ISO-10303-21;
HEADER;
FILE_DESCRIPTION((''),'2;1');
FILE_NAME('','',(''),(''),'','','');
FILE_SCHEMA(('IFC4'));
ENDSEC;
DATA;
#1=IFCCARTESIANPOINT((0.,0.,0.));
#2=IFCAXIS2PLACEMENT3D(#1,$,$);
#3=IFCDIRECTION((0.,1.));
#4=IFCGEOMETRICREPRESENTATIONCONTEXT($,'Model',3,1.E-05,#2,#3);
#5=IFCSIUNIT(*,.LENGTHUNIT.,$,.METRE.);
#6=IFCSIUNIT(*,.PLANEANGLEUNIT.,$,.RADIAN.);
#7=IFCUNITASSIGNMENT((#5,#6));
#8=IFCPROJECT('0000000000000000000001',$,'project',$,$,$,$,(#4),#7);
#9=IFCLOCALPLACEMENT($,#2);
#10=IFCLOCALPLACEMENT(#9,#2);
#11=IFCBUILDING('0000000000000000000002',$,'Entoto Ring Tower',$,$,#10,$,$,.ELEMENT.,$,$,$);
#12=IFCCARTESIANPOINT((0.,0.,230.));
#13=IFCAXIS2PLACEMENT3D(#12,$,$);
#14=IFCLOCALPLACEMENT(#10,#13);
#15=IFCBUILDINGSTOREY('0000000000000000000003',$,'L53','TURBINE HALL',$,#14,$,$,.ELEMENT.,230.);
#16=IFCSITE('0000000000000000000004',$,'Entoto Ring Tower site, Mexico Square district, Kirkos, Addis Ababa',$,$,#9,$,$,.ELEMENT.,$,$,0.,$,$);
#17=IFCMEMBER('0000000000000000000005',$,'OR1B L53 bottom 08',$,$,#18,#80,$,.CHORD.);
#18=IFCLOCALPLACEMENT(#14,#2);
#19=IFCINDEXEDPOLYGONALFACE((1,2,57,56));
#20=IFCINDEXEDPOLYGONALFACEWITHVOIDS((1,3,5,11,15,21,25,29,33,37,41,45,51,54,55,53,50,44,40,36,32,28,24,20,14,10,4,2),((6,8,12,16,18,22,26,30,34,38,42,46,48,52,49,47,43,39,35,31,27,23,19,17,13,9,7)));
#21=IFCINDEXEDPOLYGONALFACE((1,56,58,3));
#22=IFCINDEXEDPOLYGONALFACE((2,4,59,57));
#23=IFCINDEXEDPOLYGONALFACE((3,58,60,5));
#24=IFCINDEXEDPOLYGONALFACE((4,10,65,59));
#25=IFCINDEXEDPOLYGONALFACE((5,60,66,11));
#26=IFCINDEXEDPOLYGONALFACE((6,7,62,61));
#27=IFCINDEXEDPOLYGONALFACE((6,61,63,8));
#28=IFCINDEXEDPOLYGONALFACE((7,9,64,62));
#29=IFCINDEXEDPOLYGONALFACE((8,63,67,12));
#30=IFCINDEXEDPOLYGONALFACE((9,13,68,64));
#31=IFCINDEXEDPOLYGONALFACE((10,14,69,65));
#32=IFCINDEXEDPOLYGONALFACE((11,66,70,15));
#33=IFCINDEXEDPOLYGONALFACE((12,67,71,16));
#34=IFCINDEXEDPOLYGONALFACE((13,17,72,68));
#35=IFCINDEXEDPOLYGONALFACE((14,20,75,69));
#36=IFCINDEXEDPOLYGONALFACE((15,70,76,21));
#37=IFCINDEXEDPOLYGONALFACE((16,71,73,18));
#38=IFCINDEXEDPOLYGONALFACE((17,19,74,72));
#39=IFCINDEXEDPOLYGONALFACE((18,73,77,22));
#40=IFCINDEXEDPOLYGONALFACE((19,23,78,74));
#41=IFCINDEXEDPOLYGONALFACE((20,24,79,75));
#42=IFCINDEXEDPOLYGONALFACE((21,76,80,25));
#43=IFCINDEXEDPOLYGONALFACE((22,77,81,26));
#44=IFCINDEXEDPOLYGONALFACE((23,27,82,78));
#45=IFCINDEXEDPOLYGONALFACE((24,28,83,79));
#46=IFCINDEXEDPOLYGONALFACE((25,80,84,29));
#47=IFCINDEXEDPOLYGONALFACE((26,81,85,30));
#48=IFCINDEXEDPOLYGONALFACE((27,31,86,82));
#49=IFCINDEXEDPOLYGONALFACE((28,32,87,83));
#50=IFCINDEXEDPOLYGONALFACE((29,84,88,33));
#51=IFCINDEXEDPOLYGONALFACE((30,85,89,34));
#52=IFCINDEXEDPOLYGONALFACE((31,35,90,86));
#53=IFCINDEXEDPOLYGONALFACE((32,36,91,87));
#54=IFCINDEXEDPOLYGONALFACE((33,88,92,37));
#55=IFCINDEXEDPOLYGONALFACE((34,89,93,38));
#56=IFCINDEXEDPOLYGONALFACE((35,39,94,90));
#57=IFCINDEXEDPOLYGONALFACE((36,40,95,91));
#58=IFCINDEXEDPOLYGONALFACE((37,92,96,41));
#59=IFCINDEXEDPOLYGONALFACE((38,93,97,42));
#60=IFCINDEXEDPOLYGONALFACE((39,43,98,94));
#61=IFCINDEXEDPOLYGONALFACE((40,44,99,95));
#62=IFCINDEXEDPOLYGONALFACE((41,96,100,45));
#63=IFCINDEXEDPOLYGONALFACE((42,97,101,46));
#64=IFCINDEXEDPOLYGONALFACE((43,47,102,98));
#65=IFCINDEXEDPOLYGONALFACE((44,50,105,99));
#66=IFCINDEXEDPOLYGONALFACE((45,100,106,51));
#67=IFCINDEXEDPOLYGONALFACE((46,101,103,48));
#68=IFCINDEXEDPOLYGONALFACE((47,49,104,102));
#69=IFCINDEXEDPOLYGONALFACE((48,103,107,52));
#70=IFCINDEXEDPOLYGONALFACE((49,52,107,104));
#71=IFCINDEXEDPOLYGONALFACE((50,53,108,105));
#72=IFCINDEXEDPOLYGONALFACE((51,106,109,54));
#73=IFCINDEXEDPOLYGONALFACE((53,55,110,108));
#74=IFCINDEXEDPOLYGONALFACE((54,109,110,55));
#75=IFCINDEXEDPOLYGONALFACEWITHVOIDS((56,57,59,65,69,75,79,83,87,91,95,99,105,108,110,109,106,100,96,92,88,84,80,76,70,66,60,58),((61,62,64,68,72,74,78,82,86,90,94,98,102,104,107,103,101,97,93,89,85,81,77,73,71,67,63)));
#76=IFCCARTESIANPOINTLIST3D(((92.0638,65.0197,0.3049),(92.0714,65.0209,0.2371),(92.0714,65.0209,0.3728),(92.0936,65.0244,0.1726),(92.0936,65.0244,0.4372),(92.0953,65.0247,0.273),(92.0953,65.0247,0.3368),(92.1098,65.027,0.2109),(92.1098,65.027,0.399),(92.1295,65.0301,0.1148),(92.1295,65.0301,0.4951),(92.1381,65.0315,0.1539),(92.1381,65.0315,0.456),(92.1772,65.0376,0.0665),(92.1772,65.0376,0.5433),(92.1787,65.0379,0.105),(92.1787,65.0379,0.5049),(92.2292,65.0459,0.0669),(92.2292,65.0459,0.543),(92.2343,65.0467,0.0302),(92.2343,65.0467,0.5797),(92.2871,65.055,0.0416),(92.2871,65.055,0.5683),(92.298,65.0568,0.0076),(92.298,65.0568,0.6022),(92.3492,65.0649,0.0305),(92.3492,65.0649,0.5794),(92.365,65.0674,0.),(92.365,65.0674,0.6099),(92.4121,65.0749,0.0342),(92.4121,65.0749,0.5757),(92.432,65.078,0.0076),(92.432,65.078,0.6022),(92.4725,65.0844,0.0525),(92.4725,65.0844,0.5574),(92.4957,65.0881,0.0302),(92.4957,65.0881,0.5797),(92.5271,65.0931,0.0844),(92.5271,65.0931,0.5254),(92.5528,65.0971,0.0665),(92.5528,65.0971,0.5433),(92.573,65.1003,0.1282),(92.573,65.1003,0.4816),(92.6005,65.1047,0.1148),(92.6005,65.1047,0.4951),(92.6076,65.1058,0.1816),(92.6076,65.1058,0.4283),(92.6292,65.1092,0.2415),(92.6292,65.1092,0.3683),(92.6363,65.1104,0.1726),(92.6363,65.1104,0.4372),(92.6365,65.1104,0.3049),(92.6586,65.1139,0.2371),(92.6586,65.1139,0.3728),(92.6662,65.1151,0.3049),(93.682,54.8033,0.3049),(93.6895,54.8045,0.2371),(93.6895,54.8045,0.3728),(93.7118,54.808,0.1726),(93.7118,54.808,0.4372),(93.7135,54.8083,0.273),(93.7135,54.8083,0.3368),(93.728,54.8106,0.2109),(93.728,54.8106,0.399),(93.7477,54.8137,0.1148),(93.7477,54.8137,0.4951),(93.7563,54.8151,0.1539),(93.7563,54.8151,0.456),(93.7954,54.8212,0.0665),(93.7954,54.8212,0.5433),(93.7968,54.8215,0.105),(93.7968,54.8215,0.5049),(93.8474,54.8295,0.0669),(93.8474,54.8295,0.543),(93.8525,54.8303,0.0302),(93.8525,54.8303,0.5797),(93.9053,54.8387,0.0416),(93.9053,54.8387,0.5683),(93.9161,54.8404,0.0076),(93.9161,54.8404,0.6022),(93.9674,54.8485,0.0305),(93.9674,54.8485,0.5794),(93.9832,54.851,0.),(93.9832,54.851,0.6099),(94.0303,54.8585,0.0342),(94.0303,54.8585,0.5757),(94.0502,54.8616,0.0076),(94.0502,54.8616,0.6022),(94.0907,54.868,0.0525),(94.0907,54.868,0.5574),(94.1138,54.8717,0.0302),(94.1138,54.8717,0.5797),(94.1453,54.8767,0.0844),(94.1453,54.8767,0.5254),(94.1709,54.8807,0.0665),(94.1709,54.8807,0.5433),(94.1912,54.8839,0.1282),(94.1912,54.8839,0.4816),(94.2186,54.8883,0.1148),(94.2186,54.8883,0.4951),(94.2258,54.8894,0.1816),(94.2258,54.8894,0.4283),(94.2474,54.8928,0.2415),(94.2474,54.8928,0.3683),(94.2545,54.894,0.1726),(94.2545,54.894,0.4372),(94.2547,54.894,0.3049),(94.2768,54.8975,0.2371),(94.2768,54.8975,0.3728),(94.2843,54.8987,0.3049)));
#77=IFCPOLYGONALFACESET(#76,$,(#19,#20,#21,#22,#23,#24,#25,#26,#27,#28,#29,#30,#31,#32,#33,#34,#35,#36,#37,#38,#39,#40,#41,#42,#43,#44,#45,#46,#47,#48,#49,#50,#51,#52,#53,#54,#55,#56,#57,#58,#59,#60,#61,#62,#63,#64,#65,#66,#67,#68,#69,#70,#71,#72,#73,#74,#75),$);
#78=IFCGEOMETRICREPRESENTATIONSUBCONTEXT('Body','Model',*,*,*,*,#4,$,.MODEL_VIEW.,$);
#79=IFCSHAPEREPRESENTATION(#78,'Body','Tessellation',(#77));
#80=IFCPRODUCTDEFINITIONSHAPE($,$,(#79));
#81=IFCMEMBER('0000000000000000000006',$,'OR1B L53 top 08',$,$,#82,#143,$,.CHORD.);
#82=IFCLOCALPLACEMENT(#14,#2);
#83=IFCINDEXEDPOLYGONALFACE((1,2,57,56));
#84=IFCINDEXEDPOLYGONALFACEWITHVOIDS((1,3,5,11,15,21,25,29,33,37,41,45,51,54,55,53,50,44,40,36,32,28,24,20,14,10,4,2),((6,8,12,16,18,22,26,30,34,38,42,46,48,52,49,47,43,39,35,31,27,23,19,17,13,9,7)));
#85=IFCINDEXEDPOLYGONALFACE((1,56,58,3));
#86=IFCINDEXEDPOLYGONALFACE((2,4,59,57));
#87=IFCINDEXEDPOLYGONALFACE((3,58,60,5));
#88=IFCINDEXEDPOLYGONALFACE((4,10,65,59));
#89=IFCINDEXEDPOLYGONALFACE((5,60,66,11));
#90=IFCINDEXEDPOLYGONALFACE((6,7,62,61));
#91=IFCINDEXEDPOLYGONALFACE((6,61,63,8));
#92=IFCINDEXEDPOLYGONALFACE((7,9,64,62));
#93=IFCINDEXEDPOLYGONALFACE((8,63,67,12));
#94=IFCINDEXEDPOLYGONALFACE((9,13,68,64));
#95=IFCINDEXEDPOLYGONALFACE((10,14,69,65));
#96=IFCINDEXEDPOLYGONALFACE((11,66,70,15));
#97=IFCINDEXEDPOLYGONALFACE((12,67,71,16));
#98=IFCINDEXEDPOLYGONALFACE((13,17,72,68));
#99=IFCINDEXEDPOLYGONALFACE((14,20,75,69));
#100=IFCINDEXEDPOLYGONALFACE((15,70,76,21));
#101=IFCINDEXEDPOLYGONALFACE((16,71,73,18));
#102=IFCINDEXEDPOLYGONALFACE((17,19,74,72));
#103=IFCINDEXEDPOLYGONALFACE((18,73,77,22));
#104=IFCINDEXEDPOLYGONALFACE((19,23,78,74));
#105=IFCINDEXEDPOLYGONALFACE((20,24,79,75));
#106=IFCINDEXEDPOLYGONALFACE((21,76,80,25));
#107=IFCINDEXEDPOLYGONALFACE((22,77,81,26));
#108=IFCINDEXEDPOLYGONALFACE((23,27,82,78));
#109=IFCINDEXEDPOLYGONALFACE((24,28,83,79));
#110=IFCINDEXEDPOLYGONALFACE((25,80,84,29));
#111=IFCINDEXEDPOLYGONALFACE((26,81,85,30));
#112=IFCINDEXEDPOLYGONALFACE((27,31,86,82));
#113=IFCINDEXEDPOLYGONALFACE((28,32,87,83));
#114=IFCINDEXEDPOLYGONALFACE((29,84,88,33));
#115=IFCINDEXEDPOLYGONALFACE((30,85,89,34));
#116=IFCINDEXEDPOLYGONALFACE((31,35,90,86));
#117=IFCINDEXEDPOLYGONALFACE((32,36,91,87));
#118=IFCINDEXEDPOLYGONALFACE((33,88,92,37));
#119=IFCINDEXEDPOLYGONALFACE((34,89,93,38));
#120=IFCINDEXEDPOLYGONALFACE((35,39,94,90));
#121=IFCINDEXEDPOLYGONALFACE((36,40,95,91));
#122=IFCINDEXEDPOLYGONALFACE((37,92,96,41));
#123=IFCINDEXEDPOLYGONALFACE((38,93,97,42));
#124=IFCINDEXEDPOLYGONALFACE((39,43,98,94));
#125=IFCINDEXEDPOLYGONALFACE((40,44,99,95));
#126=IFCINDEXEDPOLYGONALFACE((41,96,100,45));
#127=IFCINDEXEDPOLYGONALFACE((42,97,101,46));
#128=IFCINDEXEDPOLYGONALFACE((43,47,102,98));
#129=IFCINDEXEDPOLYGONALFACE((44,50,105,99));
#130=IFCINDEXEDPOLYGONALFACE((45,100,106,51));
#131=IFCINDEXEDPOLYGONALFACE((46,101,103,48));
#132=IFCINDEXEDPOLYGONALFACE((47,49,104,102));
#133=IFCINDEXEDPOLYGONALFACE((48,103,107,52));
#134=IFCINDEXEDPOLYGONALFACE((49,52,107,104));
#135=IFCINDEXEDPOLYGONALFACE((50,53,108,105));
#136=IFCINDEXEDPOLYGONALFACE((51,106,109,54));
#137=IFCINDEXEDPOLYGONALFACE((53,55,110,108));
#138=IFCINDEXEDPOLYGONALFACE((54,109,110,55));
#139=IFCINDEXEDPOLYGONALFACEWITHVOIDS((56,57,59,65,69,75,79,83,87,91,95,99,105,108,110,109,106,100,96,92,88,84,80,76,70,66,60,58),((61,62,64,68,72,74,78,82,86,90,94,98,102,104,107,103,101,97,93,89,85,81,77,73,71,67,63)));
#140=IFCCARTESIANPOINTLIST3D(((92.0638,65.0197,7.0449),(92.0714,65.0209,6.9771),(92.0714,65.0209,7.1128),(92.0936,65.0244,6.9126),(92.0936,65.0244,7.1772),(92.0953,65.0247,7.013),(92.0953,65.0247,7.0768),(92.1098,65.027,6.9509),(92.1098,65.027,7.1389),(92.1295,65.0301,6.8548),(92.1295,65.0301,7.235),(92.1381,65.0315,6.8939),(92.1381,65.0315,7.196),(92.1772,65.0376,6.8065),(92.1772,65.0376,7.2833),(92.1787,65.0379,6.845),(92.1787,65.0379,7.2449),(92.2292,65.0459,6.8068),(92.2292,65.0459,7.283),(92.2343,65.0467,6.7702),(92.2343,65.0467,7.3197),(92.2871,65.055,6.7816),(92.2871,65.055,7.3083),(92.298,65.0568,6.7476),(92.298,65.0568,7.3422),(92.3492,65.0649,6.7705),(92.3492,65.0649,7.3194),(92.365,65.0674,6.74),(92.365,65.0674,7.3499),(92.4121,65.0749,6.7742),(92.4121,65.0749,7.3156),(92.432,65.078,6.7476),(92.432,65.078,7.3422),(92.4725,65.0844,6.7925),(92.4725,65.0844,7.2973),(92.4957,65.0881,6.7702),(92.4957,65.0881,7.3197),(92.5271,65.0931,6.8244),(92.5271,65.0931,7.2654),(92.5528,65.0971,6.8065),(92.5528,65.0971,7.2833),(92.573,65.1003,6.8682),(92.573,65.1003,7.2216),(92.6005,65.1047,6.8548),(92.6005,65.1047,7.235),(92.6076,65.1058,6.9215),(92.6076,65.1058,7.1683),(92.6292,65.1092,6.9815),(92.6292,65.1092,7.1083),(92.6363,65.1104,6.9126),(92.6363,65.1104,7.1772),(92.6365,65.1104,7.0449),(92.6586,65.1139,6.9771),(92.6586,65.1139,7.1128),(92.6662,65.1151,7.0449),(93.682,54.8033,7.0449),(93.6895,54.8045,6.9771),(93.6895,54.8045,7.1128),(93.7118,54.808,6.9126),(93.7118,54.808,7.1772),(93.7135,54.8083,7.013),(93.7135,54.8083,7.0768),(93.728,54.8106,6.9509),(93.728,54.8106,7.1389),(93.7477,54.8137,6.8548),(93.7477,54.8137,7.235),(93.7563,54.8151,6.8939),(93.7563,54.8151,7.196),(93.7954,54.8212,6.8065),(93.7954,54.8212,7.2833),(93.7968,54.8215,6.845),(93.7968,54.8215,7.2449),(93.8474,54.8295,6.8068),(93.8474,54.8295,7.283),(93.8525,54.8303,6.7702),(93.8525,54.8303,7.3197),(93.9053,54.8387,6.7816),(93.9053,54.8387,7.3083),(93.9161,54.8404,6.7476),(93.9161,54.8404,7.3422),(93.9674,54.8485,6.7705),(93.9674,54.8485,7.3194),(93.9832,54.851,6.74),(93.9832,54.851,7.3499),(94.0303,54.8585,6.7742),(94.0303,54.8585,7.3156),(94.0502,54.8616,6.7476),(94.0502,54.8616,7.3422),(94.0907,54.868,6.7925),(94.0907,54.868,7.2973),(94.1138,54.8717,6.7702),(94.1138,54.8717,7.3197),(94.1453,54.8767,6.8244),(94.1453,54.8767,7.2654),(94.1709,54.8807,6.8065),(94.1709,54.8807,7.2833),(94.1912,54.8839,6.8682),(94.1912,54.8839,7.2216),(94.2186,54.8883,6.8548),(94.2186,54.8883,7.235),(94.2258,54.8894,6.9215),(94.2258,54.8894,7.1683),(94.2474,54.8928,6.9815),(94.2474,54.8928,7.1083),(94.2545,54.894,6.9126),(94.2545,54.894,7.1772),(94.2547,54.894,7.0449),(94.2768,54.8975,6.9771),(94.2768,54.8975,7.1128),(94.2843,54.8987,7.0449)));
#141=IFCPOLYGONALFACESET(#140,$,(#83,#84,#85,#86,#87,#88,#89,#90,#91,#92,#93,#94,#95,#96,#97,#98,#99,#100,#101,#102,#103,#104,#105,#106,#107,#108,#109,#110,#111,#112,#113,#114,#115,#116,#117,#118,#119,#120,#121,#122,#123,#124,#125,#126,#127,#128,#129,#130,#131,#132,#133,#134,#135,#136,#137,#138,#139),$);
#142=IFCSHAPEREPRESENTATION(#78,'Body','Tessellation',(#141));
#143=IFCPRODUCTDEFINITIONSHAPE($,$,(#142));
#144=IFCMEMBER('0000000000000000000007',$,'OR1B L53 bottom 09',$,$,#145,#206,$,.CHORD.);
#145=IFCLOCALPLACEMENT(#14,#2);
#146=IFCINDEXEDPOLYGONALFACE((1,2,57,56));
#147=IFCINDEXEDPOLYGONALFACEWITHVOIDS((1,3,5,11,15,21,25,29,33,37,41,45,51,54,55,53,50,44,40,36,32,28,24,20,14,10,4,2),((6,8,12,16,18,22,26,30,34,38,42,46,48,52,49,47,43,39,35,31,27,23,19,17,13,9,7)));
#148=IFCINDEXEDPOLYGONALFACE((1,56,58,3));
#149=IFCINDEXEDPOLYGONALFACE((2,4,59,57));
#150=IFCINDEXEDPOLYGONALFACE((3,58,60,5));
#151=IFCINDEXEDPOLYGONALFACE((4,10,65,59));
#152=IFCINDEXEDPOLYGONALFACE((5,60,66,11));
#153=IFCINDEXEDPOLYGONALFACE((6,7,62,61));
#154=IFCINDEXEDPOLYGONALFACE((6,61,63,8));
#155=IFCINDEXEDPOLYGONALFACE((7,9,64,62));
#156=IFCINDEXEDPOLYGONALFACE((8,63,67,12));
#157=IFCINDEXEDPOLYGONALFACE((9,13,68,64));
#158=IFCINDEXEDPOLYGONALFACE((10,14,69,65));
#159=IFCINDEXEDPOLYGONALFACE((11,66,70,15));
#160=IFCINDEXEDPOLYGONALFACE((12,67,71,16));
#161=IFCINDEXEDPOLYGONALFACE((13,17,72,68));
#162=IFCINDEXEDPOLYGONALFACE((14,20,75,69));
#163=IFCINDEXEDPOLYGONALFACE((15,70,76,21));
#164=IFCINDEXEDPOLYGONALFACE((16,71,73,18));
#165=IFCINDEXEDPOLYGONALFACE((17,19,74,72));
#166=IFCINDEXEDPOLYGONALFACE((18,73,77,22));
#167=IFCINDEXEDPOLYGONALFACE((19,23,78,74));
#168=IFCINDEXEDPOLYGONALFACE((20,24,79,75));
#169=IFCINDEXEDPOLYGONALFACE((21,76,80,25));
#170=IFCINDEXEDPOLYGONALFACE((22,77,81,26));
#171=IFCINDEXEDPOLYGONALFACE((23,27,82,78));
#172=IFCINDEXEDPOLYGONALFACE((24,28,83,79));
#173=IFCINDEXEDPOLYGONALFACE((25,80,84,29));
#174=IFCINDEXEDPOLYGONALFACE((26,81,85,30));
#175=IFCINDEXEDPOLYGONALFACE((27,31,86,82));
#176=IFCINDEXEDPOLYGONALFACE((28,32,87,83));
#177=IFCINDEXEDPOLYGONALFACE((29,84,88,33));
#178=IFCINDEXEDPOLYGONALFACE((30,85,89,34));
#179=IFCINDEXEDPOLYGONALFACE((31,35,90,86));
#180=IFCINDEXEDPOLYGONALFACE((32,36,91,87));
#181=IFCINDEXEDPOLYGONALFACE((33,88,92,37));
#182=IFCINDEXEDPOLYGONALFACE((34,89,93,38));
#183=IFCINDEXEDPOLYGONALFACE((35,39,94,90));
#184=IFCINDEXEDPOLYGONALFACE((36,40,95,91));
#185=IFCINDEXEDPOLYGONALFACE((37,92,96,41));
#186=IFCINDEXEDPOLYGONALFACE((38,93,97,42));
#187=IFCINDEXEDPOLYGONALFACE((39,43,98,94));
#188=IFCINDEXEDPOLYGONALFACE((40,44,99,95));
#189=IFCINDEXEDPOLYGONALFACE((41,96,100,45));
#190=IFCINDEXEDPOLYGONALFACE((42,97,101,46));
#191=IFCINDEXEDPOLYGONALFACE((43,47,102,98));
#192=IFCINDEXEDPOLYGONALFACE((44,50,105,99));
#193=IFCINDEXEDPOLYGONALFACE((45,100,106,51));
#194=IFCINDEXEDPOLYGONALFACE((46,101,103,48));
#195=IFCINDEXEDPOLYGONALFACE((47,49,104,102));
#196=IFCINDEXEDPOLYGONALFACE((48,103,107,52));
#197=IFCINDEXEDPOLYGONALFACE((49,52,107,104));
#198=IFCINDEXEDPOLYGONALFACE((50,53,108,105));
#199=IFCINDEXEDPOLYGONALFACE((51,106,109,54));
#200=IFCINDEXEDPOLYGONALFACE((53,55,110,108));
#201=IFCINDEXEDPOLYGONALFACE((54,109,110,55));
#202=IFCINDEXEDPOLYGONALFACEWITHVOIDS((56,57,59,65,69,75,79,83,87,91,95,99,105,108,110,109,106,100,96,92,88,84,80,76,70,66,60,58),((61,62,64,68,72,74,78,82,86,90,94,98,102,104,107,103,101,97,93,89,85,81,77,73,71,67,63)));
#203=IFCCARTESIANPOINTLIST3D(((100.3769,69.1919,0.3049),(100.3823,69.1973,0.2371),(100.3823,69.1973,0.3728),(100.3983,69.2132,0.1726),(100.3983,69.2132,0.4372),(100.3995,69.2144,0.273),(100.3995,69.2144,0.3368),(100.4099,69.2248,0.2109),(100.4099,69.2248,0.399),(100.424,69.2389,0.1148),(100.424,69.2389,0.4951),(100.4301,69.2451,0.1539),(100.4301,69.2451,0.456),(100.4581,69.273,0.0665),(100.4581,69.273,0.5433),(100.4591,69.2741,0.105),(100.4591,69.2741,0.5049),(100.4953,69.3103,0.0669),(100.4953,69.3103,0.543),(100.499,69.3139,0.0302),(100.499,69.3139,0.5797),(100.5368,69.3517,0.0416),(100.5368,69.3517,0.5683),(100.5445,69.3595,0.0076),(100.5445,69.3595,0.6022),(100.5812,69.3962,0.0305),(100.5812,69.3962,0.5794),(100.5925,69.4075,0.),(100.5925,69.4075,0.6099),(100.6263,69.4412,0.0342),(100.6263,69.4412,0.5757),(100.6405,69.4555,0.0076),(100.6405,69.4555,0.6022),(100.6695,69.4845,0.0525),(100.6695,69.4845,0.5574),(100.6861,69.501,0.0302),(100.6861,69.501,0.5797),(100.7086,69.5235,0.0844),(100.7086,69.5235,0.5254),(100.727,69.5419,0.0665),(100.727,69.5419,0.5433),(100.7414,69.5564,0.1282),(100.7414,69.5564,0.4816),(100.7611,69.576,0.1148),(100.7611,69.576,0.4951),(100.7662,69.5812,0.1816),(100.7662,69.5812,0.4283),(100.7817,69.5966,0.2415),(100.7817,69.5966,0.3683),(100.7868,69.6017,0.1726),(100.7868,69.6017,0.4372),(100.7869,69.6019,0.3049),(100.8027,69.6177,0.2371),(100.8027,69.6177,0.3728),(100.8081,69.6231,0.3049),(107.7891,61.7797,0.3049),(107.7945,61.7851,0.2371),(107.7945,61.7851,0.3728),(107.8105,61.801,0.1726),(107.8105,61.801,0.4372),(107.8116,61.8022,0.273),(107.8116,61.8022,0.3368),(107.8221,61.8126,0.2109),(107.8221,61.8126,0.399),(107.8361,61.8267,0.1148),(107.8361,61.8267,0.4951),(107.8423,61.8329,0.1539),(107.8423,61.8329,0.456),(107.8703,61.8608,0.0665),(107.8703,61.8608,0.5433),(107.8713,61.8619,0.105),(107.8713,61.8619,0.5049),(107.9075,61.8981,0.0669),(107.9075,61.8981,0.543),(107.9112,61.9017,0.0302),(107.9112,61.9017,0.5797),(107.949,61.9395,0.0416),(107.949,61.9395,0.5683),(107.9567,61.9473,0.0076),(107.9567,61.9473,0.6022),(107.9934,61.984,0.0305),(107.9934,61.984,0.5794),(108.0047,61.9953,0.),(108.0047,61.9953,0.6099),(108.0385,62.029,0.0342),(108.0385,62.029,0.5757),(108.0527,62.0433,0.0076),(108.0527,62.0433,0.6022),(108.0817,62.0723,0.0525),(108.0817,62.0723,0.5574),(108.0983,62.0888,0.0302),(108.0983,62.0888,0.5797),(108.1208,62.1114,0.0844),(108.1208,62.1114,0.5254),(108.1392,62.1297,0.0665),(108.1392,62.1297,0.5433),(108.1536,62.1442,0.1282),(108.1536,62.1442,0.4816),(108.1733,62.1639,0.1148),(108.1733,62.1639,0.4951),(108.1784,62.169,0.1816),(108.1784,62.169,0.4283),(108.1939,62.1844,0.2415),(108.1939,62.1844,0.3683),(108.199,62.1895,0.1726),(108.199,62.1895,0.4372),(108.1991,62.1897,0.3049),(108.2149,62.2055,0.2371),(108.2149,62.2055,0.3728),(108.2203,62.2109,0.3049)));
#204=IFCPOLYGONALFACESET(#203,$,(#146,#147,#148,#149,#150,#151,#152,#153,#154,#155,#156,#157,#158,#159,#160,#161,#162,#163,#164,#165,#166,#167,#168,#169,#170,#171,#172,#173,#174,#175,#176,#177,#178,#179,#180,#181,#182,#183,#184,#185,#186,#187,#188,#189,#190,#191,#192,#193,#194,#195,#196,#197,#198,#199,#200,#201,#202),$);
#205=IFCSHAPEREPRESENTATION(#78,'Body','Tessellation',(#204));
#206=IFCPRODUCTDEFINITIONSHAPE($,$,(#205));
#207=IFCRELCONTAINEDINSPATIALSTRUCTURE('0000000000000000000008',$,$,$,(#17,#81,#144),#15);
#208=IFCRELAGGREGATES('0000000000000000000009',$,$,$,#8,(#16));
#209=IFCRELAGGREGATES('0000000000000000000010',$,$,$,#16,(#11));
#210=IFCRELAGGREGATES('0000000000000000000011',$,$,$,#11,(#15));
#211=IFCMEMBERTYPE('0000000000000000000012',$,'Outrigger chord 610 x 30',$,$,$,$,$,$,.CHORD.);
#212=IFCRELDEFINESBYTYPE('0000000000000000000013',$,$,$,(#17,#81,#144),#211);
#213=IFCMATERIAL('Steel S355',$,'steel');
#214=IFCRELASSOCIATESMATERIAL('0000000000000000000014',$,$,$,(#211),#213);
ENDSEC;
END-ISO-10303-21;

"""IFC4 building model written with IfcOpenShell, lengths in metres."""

from ifc_helpers import new_model, si_unit, direction, frame, origin, origin_2d, place, context, subcontext, project, spatial, circle, hollow_circle, extrude, material, material_profile, profile_set, type_object, element, save


model = new_model("IFC4")

# Units and contexts
model_context = context("Model", 3, precision=1e-05, world=origin(), true_north=direction((0.0, 1.0)))
body_context = subcontext(model_context, "Body", "Model", "MODEL_VIEW")
ifc_project = project(units=[si_unit("LENGTHUNIT", "METRE"), si_unit("PLANEANGLEUNIT", "RADIAN")], contexts=[model_context])

# Site, building, storey
site_placement = place(None, origin())
site = spatial("IfcSite", under=ifc_project, at=site_placement, Name="Entoto Ring Tower site, Mexico Square district, Kirkos, Addis Ababa", CompositionType="ELEMENT", RefElevation=0.0)
building_placement = place(site_placement, origin())
building = spatial("IfcBuilding", under=site, at=building_placement, Name="Entoto Ring Tower", CompositionType="ELEMENT")
storey_placement = place(building_placement, frame((0.0, 0.0, 230.0)))
storey = spatial("IfcBuildingStorey", under=building, at=storey_placement, Name="L53", Description="TURBINE HALL", CompositionType="ELEMENT", Elevation=230.0)

# Members
ifc_material_1 = material(Name="Steel S355", Category="steel")
ifc_material_profile_1 = material_profile(ifc_material_1, hollow_circle(Radius=0.3049, WallThickness=0.03, at=origin_2d()), Name="CHS 610 x 30")
ifc_material_2 = material(Name="Concrete C60/75", Category="concrete")
ifc_material_profile_2 = material_profile(ifc_material_2, circle(Radius=0.2749, at=origin_2d()), Name="Concrete C60/75 infill")
ifc_profile_set_1 = profile_set([ifc_material_profile_1, ifc_material_profile_2], Name="Steel S355")
member_type_1 = type_object("IfcMemberType", Name="Outrigger chord 610 x 30", PredefinedType="CHORD", material=ifc_profile_set_1)
for number, where, z_axis, x_axis, name in (
    (1, (92.365, 65.0674, 0.3049), (0.15644, -0.987687, 0.0), (0.987687, 0.15644, 0.0), "OR1B L53 bottom 08"),
    (2, (92.365, 65.0674, 7.0449), (0.15644, -0.987687, 0.0), (0.987687, 0.15644, 0.0), "OR1B L53 top 08"),
):
    element("IfcMember", number, at=place(storey_placement, frame(where, z_axis=z_axis, x_axis=x_axis)), inside=storey, type_object=member_type_1, Name=name, PredefinedType="CHORD", context=body_context, shape_type="SweptSolid", body=[
        extrude(hollow_circle(Radius=0.3049, WallThickness=0.03, at=origin_2d()), origin(), (0.0, 0.0, 1.0), 10.3438),
    ])
for number, where, z_axis, x_axis, name in (
    (3, (100.5925, 69.4075, 0.3049), (0.707107, -0.707107, 0.0), (0.707107, 0.707107, 0.0), "OR1B L53 bottom 09"),
):
    element("IfcMember", number, at=place(storey_placement, frame(where, z_axis=z_axis, x_axis=x_axis)), inside=storey, type_object=member_type_1, Name=name, PredefinedType="CHORD", context=body_context, shape_type="SweptSolid", body=[
        extrude(hollow_circle(Radius=0.3049, WallThickness=0.03, at=origin_2d()), origin(), (0.0, 0.0, 1.0), 10.4824),
    ])

save(model, "model.ifc")
